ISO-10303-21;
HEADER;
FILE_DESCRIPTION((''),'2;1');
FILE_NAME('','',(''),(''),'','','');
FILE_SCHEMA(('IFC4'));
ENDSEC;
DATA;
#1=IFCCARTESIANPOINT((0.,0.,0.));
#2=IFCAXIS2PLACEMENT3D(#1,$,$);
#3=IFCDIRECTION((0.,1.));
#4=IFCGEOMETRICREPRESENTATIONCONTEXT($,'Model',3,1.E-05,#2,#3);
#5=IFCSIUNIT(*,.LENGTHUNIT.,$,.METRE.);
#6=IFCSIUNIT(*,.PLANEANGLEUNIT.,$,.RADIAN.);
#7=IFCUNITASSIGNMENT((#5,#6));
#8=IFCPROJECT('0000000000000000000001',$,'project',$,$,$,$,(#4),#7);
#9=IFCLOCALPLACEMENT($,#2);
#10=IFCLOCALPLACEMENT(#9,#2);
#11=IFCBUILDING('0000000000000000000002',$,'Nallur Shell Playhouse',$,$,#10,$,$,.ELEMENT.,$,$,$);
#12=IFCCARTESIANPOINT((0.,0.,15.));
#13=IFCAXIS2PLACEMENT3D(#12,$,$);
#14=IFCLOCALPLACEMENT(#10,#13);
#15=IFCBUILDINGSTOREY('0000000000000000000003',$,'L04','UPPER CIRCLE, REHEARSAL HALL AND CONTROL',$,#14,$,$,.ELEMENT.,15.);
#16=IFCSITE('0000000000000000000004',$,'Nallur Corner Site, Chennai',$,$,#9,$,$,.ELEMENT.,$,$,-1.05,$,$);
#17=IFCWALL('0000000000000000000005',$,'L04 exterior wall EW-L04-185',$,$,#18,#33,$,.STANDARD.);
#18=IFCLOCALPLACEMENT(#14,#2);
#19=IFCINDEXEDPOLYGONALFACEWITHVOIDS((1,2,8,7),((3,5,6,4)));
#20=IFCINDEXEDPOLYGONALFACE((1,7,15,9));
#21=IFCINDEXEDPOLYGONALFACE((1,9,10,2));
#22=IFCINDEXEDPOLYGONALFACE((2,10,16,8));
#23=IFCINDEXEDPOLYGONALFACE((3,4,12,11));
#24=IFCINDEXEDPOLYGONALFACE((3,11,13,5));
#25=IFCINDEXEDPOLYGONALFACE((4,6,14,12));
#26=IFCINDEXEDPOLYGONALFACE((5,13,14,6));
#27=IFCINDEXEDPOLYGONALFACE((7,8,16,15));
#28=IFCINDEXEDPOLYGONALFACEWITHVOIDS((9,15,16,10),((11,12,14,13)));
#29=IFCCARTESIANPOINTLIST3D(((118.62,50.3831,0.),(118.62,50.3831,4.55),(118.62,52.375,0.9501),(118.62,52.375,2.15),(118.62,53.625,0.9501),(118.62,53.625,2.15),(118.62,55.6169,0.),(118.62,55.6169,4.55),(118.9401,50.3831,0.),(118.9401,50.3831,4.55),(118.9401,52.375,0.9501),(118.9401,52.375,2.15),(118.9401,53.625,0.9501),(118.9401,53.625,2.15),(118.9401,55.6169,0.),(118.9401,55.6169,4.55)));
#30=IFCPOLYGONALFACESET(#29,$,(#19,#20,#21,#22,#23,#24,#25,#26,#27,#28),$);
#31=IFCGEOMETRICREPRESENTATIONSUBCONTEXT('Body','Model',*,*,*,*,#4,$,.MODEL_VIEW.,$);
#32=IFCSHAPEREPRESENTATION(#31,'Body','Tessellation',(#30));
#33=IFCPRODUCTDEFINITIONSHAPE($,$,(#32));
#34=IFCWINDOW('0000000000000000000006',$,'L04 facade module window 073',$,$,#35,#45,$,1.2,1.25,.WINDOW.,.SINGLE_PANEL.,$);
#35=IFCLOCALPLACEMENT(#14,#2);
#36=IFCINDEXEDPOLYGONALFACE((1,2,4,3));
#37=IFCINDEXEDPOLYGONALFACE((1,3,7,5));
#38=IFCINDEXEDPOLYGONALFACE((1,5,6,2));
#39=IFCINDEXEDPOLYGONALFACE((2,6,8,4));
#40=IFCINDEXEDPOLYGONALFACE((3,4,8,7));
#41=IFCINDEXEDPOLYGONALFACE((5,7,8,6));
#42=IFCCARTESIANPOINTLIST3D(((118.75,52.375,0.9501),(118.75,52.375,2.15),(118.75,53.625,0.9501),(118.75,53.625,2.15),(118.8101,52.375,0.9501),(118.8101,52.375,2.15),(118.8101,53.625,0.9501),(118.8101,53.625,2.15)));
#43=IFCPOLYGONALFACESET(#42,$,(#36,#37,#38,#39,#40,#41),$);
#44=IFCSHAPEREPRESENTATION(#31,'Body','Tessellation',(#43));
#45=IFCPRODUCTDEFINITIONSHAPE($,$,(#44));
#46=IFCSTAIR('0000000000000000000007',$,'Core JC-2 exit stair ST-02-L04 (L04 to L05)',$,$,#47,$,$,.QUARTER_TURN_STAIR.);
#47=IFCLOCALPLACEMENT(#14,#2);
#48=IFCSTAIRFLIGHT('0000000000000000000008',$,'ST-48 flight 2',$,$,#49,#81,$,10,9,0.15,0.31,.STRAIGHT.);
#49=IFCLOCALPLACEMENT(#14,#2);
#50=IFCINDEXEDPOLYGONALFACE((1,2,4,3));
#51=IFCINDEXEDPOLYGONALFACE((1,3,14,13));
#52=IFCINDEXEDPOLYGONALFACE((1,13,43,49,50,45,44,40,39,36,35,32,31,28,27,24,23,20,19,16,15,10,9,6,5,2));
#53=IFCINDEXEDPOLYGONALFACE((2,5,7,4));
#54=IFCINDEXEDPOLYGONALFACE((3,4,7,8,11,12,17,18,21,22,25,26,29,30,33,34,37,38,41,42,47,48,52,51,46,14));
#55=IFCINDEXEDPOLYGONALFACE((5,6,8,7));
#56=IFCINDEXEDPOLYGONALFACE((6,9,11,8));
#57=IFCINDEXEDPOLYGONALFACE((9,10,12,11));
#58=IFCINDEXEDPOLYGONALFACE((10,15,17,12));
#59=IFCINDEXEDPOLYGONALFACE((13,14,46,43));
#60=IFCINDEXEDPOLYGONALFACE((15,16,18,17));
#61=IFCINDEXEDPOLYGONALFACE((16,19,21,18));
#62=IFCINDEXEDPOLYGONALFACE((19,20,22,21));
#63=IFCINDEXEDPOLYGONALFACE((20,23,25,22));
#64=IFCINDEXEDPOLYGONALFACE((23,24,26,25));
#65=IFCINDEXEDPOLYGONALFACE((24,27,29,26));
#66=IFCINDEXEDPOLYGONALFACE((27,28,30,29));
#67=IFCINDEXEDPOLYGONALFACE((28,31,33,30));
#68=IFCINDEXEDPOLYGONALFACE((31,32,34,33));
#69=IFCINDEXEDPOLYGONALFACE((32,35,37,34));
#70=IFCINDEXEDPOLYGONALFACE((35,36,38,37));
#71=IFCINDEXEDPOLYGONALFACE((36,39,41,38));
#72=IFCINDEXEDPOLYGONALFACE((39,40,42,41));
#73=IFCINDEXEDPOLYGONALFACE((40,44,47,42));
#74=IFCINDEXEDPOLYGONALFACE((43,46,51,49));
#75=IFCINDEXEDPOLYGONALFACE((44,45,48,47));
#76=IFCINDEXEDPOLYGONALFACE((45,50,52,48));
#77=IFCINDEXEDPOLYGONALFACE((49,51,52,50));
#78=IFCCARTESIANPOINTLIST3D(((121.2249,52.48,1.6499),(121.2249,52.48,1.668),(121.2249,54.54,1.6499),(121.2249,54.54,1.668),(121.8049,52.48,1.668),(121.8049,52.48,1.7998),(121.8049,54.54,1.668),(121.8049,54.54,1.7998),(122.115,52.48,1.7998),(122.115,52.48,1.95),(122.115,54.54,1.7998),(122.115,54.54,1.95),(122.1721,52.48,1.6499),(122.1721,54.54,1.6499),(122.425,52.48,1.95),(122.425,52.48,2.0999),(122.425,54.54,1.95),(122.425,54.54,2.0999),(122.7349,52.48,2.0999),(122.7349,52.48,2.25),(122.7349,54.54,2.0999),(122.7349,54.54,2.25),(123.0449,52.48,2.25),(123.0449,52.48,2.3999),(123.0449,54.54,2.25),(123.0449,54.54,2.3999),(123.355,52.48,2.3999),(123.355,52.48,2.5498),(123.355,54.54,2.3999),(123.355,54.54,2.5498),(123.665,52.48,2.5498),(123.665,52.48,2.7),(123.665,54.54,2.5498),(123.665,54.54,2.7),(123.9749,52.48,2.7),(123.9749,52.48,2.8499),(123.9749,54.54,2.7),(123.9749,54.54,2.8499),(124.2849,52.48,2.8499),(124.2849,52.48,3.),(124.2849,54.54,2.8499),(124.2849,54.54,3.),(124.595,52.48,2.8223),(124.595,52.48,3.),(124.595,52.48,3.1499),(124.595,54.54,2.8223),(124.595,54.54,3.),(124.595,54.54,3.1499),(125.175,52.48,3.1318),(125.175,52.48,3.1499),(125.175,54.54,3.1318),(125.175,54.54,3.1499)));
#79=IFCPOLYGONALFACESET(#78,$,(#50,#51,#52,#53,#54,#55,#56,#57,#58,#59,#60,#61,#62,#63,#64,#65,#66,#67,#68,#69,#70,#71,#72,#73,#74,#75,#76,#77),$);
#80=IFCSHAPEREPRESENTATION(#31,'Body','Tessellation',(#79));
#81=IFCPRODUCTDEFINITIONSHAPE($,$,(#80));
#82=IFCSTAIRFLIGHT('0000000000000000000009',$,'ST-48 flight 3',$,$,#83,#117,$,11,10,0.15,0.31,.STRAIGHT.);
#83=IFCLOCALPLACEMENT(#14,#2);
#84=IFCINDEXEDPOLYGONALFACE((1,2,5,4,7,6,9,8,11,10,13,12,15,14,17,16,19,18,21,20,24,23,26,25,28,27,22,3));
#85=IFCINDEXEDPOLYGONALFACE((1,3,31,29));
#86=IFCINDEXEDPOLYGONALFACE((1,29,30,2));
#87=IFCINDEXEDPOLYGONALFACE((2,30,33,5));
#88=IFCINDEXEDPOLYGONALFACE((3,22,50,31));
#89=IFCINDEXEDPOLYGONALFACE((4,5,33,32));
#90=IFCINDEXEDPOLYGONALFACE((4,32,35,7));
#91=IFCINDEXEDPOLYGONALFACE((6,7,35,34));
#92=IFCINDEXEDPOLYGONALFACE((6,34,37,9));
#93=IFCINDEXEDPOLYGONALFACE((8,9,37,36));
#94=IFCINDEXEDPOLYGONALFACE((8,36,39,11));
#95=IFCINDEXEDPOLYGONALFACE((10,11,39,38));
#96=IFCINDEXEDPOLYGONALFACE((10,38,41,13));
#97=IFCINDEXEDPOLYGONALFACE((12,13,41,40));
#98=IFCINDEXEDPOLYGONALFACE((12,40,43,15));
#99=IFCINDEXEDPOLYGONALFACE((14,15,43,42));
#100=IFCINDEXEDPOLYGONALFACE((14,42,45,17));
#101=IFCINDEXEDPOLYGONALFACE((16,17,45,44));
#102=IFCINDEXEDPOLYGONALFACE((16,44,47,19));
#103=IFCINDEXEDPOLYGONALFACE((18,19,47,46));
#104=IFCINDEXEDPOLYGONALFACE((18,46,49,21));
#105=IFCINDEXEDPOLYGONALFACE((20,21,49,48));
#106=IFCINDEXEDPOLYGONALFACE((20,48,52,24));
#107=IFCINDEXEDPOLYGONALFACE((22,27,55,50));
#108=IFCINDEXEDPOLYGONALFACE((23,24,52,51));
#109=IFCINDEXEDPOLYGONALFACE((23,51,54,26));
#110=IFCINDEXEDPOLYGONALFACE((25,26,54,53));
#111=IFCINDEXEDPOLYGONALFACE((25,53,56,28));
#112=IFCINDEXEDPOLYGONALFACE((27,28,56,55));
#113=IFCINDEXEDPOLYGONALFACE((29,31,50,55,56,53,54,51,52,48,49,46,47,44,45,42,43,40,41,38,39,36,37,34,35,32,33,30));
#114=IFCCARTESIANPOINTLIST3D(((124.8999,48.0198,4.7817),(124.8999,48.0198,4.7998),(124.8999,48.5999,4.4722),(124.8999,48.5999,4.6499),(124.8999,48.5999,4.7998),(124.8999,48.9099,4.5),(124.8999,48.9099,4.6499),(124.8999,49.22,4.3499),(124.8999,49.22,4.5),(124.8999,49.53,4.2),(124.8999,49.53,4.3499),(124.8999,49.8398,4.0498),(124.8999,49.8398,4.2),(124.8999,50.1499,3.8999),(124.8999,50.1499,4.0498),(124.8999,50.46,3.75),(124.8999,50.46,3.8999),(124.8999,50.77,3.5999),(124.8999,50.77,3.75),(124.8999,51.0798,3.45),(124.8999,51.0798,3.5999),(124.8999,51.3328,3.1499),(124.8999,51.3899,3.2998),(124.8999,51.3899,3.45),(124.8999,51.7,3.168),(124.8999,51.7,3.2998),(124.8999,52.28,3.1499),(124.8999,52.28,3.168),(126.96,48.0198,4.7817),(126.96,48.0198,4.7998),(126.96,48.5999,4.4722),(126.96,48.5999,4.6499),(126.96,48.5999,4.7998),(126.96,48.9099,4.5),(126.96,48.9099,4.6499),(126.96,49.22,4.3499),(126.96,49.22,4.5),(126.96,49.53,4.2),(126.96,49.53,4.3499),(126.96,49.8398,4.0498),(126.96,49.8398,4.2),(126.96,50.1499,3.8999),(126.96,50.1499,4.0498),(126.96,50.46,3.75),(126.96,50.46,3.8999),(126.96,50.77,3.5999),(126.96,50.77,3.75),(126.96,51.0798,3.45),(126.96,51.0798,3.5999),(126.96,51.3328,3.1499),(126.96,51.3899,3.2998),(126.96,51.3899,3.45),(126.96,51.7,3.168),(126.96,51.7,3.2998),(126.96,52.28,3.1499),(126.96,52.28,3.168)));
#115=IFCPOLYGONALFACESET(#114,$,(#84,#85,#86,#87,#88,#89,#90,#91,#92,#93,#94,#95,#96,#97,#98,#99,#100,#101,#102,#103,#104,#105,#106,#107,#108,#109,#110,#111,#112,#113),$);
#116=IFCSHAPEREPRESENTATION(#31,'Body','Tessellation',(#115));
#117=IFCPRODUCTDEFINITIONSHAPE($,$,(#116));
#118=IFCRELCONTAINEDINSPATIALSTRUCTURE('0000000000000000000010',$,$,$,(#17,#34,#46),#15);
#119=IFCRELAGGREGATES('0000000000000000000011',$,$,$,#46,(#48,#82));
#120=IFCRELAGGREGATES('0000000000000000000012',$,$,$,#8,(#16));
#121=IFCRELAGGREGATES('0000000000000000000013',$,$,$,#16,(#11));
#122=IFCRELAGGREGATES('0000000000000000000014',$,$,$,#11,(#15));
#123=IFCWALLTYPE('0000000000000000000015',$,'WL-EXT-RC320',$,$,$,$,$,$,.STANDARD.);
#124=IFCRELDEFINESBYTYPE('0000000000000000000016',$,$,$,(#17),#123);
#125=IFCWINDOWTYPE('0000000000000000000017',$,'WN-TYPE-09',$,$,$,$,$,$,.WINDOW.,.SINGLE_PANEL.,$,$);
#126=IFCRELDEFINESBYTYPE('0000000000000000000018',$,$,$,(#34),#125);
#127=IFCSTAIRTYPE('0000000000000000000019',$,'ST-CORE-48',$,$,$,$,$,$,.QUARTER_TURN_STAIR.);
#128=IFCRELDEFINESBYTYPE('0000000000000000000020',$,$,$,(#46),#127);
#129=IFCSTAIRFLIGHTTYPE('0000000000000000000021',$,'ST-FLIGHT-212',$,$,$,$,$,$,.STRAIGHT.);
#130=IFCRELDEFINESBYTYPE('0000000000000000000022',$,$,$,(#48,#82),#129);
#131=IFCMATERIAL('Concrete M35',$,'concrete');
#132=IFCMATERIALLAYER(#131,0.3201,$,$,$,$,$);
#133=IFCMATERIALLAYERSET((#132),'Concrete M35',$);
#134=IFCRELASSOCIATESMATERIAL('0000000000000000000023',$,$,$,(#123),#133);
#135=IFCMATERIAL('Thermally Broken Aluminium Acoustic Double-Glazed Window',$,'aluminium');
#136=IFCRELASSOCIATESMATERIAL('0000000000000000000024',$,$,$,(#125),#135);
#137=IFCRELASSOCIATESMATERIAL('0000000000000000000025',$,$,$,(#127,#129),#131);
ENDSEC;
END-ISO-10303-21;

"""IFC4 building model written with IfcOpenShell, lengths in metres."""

from ifc_helpers import new_model, si_unit, direction, frame, frame_2d, origin, place, context, subcontext, project, spatial, polyline, rectangle, outline, extrude, material, layer, layer_set, type_object, element, fill, aggregate, save


model = new_model("IFC4")

# Units and contexts
model_context = context("Model", 3, precision=1e-05, world=origin(), true_north=direction((0.0, 1.0)))
body_context = subcontext(model_context, "Body", "Model", "MODEL_VIEW")
ifc_project = project(units=[si_unit("LENGTHUNIT", "METRE"), si_unit("PLANEANGLEUNIT", "RADIAN")], contexts=[model_context])

# Site, building, storey
site_placement = place(None, origin())
site = spatial("IfcSite", under=ifc_project, at=site_placement, Name="Nallur Corner Site, Chennai", CompositionType="ELEMENT", RefElevation=-1.05)
building_placement = place(site_placement, origin())
building = spatial("IfcBuilding", under=site, at=building_placement, Name="Nallur Shell Playhouse", CompositionType="ELEMENT")
storey_placement = place(building_placement, frame((0.0, 0.0, 15.0)))
storey = spatial("IfcBuildingStorey", under=building, at=storey_placement, Name="L04", Description="UPPER CIRCLE, REHEARSAL HALL AND CONTROL", CompositionType="ELEMENT", Elevation=15.0)

# Shared definitions
ifc_material_1 = material(Name="Concrete M35", Category="concrete")

# Shared definitions
ifc_material_2 = material(Name="Thermally Broken Aluminium Acoustic Double-Glazed Window", Category="aluminium")

# Wall, opening, window
ifc_layer_1 = layer(ifc_material_1, 0.3201)
ifc_layer_set_1 = layer_set([ifc_layer_1], Name="Concrete M35")
wall_type_1 = type_object("IfcWallType", Name="WL-EXT-RC320", PredefinedType="STANDARD", material=ifc_layer_set_1)
wall_1_placement = place(storey_placement, frame((118.78, 50.3831, 0.0), z_axis=(0.0, 0.0, 1.0), x_axis=(0.0, 1.0, 0.0)))
wall_1 = element("IfcWall", 1, at=wall_1_placement, inside=storey, type_object=wall_type_1, Name="L04 exterior wall EW-L04-185", PredefinedType="STANDARD", context=body_context, shape_type="SweptSolid", body=[
    extrude(rectangle(XDim=5.2339, YDim=0.3201, at=frame_2d((2.6169, 0.0))), origin(), (0.0, 0.0, 1.0), 4.55),
])
opening_1_placement = place(wall_1_placement, frame((1.9919, 0.0, 0.95)))
opening_1 = element("IfcOpeningElement", 2, at=opening_1_placement, cuts=wall_1, PredefinedType="OPENING", context=body_context, shape_type="SweptSolid", body=[
    extrude(rectangle(XDim=1.25, YDim=1.2, at=frame_2d((0.625, 0.6001))), frame((0.0, 0.1699, 0.0), z_axis=(0.0, -1.0, 0.0), x_axis=(1.0, 0.0, 0.0)), (0.0, 0.0, 1.0), 0.3401),
])
window_type_1 = type_object("IfcWindowType", Name="WN-TYPE-09", PartitioningType="SINGLE_PANEL", PredefinedType="WINDOW", material=ifc_material_2)
window_1_placement = place(opening_1_placement, origin())
window_1 = element("IfcWindow", 3, at=window_1_placement, inside=storey, type_object=window_type_1, Name="L04 facade module window 073", OverallHeight=1.2, OverallWidth=1.25, PartitioningType="SINGLE_PANEL", PredefinedType="WINDOW", context=body_context, shape_type="SweptSolid", body=[
    extrude(rectangle(XDim=1.25, YDim=1.2, at=frame_2d((0.625, 0.6001))), frame((0.0, 0.03, 0.0), z_axis=(0.0, -1.0, 0.0), x_axis=(1.0, 0.0, 0.0)), (0.0, 0.0, 1.0), 0.0601),
])
fill(opening_1, window_1)

# Stair, stair flights
stair_type = type_object("IfcStairType", Name="ST-CORE-48", PredefinedType="QUARTER_TURN_STAIR", material=ifc_material_1)
stair_placement = place(storey_placement, origin())
stair = element("IfcStair", 4, at=stair_placement, inside=storey, type_object=stair_type, Name="Core JC-2 exit stair ST-02-L04 (L04 to L05)", PredefinedType="QUARTER_TURN_STAIR")
stair_flight_type = type_object("IfcStairFlightType", Name="ST-FLIGHT-212", PredefinedType="STRAIGHT", material=ifc_material_1)
stair_flight_1_placement = place(storey_placement, frame((121.8049, 53.51, 1.6499), z_axis=(0.0, 0.0, 1.0), x_axis=(1.0, 0.0, 0.0)))
stair_flight_1 = element("IfcStairFlight", 5, at=stair_flight_1_placement, type_object=stair_flight_type, Name="ST-48 flight 2", NumberOfRisers=10, NumberOfTreads=9, PredefinedType="STRAIGHT", RiserHeight=0.15, TreadLength=0.31, context=body_context, shape_type="SweptSolid", body=[
    extrude(outline(polyline([(-0.5801, 0.0), (-0.5801, 0.0181), (0.0, 0.0181), (0.0, 0.1499), (0.3101, 0.1499), (0.3101, 0.3), (0.6201, 0.3), (0.6201, 0.45), (0.9299, 0.45), (0.9299, 0.6001), (1.24, 0.6001), (1.24, 0.75), (1.55, 0.75), (1.55, 0.8999), (1.8601, 0.8999), (1.8601, 1.05), (2.1699, 1.05), (2.1699, 1.2), (2.48, 1.2), (2.48, 1.3501), (2.79, 1.3501), (2.79, 1.5), (3.3701, 1.5), (3.3701, 1.4819), (2.79, 1.1724), (0.3672, 0.0), (-0.5801, 0.0)])), frame((0.0, 1.03, 0.0), z_axis=(0.0, -1.0, 0.0), x_axis=(1.0, 0.0, 0.0)), (0.0, 0.0, 1.0), 2.0601),
])
stair_flight_2_placement = place(storey_placement, frame((125.9299, 51.7, 3.1499), z_axis=(0.0, 0.0, 1.0), x_axis=(0.0, -1.0, 0.0)))
stair_flight_2 = element("IfcStairFlight", 6, at=stair_flight_2_placement, type_object=stair_flight_type, Name="ST-48 flight 3", NumberOfRisers=11, NumberOfTreads=10, PredefinedType="STRAIGHT", RiserHeight=0.15, TreadLength=0.31, context=body_context, shape_type="SweptSolid", body=[
    extrude(outline(polyline([(-0.5801, 0.0), (-0.5801, 0.0181), (0.0, 0.0181), (0.0, 0.1499), (0.3101, 0.1499), (0.3101, 0.3), (0.6201, 0.3), (0.6201, 0.45), (0.9299, 0.45), (0.9299, 0.6001), (1.24, 0.6001), (1.24, 0.75), (1.55, 0.75), (1.55, 0.8999), (1.8601, 0.8999), (1.8601, 1.05), (2.1699, 1.05), (2.1699, 1.2), (2.48, 1.2), (2.48, 1.3501), (2.79, 1.3501), (2.79, 1.5), (3.1001, 1.5), (3.1001, 1.6499), (3.6802, 1.6499), (3.6802, 1.6318), (3.1001, 1.3223), (0.3672, 0.0), (-0.5801, 0.0)])), frame((0.0, 1.03, 0.0), z_axis=(0.0, -1.0, 0.0), x_axis=(1.0, 0.0, 0.0)), (0.0, 0.0, 1.0), 2.0601),
])
aggregate(stair, [stair_flight_1, stair_flight_2])

save(model, "model.ifc")
